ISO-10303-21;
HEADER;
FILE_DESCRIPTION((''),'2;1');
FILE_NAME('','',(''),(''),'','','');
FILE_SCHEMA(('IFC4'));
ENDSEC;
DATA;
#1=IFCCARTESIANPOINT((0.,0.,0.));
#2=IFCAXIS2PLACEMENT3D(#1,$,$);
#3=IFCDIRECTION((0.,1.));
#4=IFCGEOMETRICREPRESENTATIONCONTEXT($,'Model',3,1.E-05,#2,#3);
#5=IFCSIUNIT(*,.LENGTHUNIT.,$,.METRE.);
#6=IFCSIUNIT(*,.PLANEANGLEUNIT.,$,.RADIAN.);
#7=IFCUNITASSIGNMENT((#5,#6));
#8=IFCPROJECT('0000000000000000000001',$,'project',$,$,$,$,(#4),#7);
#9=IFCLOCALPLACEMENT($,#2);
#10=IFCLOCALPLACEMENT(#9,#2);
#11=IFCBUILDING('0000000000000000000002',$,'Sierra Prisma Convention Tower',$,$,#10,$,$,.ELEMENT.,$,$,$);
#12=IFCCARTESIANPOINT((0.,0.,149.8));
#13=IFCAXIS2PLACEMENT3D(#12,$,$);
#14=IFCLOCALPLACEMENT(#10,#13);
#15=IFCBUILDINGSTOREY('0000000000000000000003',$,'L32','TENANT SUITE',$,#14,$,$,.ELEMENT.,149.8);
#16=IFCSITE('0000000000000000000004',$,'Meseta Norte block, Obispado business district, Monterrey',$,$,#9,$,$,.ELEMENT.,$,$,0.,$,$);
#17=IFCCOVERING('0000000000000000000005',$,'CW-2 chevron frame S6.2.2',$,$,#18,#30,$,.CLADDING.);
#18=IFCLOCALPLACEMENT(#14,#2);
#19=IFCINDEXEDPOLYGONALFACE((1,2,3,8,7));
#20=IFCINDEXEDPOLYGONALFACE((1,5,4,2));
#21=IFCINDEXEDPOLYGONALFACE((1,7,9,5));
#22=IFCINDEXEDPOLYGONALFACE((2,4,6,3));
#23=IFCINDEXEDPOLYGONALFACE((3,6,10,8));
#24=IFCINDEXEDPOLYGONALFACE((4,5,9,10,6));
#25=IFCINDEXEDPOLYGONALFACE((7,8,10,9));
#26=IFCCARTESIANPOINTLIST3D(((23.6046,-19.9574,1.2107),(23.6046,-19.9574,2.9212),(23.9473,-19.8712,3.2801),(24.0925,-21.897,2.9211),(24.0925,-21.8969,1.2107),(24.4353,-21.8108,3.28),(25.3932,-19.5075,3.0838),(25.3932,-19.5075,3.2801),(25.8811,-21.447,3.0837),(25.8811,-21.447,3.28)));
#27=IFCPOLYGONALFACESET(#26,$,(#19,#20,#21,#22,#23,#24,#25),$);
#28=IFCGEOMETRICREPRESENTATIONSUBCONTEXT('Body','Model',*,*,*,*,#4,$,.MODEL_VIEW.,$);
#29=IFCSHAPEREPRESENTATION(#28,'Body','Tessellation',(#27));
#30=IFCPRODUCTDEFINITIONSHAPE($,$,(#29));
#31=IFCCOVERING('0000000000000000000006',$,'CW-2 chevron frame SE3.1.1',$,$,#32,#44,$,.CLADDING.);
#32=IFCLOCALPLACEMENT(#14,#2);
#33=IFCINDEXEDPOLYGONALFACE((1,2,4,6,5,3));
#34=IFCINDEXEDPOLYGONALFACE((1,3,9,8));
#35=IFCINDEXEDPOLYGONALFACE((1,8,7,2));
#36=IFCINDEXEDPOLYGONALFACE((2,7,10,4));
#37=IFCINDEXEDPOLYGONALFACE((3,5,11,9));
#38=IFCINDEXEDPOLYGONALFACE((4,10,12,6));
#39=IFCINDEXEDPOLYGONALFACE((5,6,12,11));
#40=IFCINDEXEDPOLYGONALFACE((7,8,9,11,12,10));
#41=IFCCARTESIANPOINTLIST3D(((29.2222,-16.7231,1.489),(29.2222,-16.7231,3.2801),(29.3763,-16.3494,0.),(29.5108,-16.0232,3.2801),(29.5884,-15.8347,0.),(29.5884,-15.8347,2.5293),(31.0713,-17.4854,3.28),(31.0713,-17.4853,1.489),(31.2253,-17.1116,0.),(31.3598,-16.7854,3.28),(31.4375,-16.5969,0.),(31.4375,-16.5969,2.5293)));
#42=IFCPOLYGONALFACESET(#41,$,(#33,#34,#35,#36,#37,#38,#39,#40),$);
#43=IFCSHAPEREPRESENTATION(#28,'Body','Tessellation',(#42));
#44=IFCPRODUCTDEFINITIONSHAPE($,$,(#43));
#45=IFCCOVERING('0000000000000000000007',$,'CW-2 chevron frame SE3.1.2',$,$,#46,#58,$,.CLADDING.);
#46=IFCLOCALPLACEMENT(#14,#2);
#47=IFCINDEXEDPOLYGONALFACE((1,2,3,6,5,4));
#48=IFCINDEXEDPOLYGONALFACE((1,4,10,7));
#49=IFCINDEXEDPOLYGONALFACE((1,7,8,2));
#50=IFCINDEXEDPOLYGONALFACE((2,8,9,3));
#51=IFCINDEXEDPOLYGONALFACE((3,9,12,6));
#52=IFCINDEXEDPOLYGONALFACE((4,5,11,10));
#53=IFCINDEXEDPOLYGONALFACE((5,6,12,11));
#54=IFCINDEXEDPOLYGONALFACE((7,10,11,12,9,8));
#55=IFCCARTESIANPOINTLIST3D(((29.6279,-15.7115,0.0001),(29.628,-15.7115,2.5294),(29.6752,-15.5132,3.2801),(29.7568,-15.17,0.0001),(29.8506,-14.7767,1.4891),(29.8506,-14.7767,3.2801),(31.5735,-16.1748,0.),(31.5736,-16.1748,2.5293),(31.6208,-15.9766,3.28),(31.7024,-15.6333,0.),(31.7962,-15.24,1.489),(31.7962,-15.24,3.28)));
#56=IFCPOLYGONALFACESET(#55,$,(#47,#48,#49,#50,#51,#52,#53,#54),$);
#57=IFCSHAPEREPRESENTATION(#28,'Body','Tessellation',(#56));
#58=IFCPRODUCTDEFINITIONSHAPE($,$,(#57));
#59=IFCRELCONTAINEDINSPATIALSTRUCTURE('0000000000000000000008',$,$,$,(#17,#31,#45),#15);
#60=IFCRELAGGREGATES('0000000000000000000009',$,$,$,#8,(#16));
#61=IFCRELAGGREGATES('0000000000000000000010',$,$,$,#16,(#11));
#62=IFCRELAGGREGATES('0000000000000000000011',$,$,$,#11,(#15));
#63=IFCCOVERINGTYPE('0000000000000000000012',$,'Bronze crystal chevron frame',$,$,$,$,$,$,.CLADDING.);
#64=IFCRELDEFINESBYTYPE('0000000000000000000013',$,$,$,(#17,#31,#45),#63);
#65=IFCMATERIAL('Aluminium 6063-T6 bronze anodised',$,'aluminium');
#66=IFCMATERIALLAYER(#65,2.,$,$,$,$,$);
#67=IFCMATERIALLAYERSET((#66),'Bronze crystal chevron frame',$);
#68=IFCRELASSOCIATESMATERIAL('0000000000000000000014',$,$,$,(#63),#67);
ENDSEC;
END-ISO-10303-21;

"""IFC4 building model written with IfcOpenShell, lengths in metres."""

from ifc_helpers import new_model, si_unit, direction, frame, origin, place, context, subcontext, project, spatial, polyline, outline, extrude, material, layer, layer_set, type_object, element, save


model = new_model("IFC4")

# Units and contexts
model_context = context("Model", 3, precision=1e-05, world=origin(), true_north=direction((0.0, 1.0)))
body_context = subcontext(model_context, "Body", "Model", "MODEL_VIEW")
ifc_project = project(units=[si_unit("LENGTHUNIT", "METRE"), si_unit("PLANEANGLEUNIT", "RADIAN")], contexts=[model_context])

# Site, building, storey
site_placement = place(None, origin())
site = spatial("IfcSite", under=ifc_project, at=site_placement, Name="Meseta Norte block, Obispado business district, Monterrey", CompositionType="ELEMENT", RefElevation=0.0)
building_placement = place(site_placement, origin())
building = spatial("IfcBuilding", under=site, at=building_placement, Name="Sierra Prisma Convention Tower", CompositionType="ELEMENT")
storey_placement = place(building_placement, frame((0.0, 0.0, 149.8)))
storey = spatial("IfcBuildingStorey", under=building, at=storey_placement, Name="L32", Description="TENANT SUITE", CompositionType="ELEMENT", Elevation=149.8)

# Coverings
ifc_material_1 = material(Name="Aluminium 6063-T6 bronze anodised", Category="aluminium")
ifc_layer_1 = layer(ifc_material_1, 2.0)
ifc_layer_set_1 = layer_set([ifc_layer_1], Name="Bronze crystal chevron frame")
covering_type = type_object("IfcCoveringType", Name="Bronze crystal chevron frame", PredefinedType="CLADDING", material=ifc_layer_set_1)
covering_1_placement = place(storey_placement, frame((25.8811, -21.447, 3.28), z_axis=(0.243972, -0.969782, -0.000022), x_axis=(-0.969782, -0.243972, 0.0)))
element("IfcCovering", 1, at=covering_1_placement, inside=storey, type_object=covering_type, Name="CW-2 chevron frame S6.2.2", PredefinedType="CLADDING", context=body_context, shape_type="SweptSolid", body=[
    extrude(outline(polyline([(0.0, 0.0), (1.4909, 0.0), (1.8443, 0.3589), (1.8443, 2.0693), (0.0, 0.1963), (0.0, 0.0)])), origin(), (0.0, 0.0, -1.0), 2.0),
])
covering_2_placement = place(storey_placement, frame((31.0713, -17.4854, 3.28), z_axis=(0.924532, -0.381105, -0.000012), x_axis=(-0.000011, 0.000004, -1.0)))
element("IfcCovering", 2, at=covering_2_placement, inside=storey, type_object=covering_type, Name="CW-2 chevron frame SE3.1.1", PredefinedType="CLADDING", context=body_context, shape_type="SweptSolid", body=[
    extrude(outline(polyline([(0.0, 0.0), (1.791, 0.0), (3.28, 0.4043), (3.28, 0.9609), (0.7507, 0.9609), (0.0, 0.7571), (0.0, 0.0)])), origin(), (0.0, 0.0, -1.0), 2.0),
])
covering_3_placement = place(storey_placement, frame((31.5735, -16.1748, 0.0), z_axis=(0.972796, -0.231664, -0.000036), x_axis=(0.231664, 0.972796, 0.0)))
element("IfcCovering", 3, at=covering_3_placement, inside=storey, type_object=covering_type, Name="CW-2 chevron frame SE3.1.2", PredefinedType="CLADDING", context=body_context, shape_type="SweptSolid", body=[
    extrude(outline(polyline([(0.0, 0.0), (0.5566, 0.0), (0.961, 1.489), (0.961, 3.28), (0.2038, 3.28), (0.0, 2.5293), (0.0, 0.0)])), origin(), (0.0, 0.0, -1.0), 2.0),
])

save(model, "model.ifc")
